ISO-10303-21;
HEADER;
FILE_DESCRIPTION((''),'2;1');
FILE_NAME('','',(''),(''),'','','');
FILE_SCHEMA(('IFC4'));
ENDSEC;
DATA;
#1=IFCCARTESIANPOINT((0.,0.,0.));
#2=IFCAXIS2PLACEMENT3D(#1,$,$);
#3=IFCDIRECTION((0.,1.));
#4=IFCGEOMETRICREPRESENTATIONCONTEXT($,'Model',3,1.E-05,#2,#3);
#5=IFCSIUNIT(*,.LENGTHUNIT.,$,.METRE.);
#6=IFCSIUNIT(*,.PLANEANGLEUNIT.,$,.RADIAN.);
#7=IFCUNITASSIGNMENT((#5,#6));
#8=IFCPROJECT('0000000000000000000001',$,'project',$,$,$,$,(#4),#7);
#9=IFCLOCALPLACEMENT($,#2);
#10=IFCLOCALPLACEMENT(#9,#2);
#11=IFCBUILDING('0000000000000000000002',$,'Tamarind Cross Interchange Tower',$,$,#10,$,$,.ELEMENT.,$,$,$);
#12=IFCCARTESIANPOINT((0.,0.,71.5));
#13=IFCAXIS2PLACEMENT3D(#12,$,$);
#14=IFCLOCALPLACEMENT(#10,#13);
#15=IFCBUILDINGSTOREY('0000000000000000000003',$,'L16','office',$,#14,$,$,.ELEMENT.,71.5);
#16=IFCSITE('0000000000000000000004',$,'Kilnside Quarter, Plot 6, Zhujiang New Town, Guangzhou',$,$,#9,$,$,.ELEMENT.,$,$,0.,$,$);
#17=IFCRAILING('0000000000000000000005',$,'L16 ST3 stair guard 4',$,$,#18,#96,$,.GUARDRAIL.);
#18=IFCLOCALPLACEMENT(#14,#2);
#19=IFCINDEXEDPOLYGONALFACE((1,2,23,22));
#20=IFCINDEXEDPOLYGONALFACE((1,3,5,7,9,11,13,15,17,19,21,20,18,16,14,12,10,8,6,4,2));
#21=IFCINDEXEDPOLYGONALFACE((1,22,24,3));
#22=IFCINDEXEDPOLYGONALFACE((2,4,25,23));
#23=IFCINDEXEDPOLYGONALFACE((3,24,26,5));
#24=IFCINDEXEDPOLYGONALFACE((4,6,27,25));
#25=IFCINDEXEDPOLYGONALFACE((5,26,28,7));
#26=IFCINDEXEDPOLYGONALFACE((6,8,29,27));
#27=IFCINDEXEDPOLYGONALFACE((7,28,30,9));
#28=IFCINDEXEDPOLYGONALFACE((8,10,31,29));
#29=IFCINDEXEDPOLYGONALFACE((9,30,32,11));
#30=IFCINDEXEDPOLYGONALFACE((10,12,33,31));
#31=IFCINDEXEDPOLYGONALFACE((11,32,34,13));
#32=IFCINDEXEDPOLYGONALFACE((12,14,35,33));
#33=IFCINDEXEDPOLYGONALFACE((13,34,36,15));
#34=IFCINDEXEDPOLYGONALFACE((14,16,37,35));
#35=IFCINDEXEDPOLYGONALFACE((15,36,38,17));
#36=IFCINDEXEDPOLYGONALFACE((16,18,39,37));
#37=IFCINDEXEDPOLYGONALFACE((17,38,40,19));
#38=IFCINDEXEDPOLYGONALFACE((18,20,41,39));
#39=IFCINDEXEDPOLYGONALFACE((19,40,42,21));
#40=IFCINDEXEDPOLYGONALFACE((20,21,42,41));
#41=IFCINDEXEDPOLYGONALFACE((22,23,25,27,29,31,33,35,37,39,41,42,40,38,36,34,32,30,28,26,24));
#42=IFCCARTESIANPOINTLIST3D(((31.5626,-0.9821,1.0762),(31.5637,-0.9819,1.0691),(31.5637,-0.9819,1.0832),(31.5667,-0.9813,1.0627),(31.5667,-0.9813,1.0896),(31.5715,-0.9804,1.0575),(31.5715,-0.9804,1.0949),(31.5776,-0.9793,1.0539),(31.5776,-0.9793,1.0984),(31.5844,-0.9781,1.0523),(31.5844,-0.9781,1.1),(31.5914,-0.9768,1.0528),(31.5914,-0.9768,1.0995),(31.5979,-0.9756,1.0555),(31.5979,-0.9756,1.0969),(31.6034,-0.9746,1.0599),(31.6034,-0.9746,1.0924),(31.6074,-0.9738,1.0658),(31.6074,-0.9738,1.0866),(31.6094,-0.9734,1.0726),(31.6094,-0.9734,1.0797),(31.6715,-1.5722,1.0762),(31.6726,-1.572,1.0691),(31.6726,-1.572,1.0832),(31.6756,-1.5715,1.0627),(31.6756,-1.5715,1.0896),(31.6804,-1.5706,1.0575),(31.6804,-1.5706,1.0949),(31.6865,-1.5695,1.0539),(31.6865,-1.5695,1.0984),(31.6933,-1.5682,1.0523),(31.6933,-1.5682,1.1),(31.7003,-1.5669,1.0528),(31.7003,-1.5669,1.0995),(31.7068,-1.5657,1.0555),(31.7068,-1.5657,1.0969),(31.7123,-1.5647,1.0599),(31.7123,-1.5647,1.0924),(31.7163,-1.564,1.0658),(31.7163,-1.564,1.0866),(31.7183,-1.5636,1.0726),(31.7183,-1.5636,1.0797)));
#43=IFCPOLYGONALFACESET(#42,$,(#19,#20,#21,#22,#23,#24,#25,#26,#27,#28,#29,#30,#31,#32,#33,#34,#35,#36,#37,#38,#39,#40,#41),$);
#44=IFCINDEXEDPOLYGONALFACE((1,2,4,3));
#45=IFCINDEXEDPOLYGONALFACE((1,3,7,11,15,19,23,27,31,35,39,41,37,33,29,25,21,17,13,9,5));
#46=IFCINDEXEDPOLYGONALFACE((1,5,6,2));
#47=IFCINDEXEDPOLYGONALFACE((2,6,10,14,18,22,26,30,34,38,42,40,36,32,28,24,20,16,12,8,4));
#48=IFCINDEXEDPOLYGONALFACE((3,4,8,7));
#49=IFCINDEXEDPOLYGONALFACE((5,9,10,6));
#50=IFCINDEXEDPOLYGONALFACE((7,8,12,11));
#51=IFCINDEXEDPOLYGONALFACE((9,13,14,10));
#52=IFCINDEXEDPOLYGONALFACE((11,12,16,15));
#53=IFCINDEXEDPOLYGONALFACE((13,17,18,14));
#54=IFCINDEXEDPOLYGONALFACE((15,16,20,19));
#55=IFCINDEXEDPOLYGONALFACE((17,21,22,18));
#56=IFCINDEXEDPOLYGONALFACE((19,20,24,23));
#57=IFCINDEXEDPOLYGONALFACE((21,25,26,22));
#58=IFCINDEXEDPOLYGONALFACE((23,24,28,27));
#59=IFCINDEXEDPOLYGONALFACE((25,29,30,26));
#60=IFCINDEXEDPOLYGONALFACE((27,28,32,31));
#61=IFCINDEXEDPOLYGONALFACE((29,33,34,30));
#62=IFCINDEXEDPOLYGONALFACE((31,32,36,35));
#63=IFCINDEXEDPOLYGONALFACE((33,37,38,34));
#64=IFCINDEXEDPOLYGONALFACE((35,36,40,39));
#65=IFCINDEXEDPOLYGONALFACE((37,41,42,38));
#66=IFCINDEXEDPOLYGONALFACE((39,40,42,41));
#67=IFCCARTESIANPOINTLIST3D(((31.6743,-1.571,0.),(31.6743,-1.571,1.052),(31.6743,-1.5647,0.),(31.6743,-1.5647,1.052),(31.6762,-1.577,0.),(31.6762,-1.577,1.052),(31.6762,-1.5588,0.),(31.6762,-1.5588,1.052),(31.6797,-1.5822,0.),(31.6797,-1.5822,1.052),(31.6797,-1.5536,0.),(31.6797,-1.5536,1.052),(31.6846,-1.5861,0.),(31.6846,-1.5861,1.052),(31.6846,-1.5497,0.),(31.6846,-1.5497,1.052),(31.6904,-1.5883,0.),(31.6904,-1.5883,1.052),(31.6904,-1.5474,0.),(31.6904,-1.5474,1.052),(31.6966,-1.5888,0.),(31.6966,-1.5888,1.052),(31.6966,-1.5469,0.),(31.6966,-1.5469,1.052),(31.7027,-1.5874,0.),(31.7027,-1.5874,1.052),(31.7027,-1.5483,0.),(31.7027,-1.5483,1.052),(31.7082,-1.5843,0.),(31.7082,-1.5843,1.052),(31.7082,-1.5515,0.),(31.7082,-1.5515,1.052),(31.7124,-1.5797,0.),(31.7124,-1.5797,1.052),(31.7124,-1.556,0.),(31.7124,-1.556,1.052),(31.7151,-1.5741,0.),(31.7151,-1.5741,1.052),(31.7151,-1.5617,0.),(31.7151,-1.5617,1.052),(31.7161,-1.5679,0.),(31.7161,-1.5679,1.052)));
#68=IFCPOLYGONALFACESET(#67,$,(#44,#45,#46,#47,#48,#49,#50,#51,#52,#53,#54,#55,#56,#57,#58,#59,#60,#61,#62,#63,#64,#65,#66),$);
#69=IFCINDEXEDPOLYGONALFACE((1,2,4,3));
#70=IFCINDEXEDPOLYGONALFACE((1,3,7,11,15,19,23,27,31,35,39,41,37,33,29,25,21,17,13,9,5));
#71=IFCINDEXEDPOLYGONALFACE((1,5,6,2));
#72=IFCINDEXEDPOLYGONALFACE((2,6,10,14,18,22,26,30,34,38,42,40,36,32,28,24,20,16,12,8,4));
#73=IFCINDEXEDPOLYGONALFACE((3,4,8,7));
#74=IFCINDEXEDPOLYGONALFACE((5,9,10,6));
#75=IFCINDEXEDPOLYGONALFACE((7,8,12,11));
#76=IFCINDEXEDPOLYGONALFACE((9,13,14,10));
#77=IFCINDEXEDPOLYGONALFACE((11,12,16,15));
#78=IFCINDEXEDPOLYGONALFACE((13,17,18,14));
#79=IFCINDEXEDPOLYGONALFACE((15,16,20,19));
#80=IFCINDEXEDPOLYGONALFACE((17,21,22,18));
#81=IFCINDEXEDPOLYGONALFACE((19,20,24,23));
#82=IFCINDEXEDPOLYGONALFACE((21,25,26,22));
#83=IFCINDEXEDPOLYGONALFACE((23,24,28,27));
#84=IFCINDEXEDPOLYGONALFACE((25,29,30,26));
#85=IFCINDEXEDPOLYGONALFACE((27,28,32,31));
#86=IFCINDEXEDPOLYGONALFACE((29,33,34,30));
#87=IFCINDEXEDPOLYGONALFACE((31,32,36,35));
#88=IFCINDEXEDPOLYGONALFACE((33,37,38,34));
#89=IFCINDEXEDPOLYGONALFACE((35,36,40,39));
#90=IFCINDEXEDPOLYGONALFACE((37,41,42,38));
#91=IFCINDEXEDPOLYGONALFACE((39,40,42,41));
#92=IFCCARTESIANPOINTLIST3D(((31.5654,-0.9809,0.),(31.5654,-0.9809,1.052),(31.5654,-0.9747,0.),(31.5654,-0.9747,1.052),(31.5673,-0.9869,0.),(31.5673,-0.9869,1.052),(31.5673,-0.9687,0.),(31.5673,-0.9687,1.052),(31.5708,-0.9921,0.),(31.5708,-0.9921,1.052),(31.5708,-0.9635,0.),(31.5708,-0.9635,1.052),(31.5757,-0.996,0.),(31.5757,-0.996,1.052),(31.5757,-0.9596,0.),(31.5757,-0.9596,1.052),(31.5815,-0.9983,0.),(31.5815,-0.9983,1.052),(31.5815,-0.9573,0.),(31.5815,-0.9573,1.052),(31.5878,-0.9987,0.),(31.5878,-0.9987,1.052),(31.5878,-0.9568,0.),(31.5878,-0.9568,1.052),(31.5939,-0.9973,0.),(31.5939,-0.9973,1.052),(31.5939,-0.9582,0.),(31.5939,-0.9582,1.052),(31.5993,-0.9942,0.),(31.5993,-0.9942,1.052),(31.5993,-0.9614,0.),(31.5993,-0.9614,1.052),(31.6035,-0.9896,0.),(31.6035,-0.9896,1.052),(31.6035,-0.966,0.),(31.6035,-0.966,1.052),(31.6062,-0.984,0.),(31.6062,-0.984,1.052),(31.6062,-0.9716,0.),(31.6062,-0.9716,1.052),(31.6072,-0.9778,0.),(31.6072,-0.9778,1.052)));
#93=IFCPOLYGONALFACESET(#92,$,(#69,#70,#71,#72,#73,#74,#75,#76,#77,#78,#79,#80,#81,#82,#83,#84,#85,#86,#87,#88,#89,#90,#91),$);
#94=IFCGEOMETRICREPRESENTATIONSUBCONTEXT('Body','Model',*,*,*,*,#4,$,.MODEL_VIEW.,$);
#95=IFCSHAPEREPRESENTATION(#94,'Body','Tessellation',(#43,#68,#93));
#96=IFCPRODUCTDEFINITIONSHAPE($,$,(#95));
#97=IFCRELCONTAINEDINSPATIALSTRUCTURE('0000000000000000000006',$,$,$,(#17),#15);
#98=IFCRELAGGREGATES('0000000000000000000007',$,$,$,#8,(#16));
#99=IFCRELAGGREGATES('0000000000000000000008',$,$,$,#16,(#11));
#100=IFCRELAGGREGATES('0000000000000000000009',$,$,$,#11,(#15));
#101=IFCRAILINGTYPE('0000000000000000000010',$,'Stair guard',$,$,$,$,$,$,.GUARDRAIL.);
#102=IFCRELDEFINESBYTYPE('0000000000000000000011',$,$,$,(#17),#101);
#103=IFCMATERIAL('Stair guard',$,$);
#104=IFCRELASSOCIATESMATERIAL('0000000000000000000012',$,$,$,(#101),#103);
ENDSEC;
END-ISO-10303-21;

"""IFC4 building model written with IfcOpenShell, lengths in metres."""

from ifc_helpers import new_model, si_unit, direction, frame, origin, origin_2d, place, context, subcontext, project, spatial, circle, extrude, material, type_object, element, save


model = new_model("IFC4")

# Units and contexts
model_context = context("Model", 3, precision=1e-05, world=origin(), true_north=direction((0.0, 1.0)))
body_context = subcontext(model_context, "Body", "Model", "MODEL_VIEW")
ifc_project = project(units=[si_unit("LENGTHUNIT", "METRE"), si_unit("PLANEANGLEUNIT", "RADIAN")], contexts=[model_context])

# Site, building, storey
site_placement = place(None, origin())
site = spatial("IfcSite", under=ifc_project, at=site_placement, Name="Kilnside Quarter, Plot 6, Zhujiang New Town, Guangzhou", CompositionType="ELEMENT", RefElevation=0.0)
building_placement = place(site_placement, origin())
building = spatial("IfcBuilding", under=site, at=building_placement, Name="Tamarind Cross Interchange Tower", CompositionType="ELEMENT")
storey_placement = place(building_placement, frame((0.0, 0.0, 71.5)))
storey = spatial("IfcBuildingStorey", under=building, at=storey_placement, Name="L16", Description="office", CompositionType="ELEMENT", Elevation=71.5)

# Railing
ifc_material_1 = material(Name="Stair guard")
railing_type_1 = type_object("IfcRailingType", Name="Stair guard", PredefinedType="GUARDRAIL", material=ifc_material_1)
railing_1_placement = place(storey_placement, frame((31.6951, -1.5679, 0.0)))
element("IfcRailing", 1, at=railing_1_placement, inside=storey, type_object=railing_type_1, Name="L16 ST3 stair guard 4", PredefinedType="GUARDRAIL", context=body_context, shape_type="SweptSolid", body=[
    extrude(circle(Radius=0.0239, at=origin_2d()), frame((0.0, 0.0, 1.0762), z_axis=(-0.181463, 0.983398, 0.0), x_axis=(-0.983398, -0.181463, 0.0)), (0.0, 0.0, 1.0), 0.6001),
    extrude(circle(Radius=0.021, at=origin_2d()), origin(), (0.0, 0.0, 1.0), 1.052),
    extrude(circle(Radius=0.021, at=origin_2d()), frame((-0.1089, 0.5901, 0.0)), (0.0, 0.0, 1.0), 1.052),
])

save(model, "model.ifc")
